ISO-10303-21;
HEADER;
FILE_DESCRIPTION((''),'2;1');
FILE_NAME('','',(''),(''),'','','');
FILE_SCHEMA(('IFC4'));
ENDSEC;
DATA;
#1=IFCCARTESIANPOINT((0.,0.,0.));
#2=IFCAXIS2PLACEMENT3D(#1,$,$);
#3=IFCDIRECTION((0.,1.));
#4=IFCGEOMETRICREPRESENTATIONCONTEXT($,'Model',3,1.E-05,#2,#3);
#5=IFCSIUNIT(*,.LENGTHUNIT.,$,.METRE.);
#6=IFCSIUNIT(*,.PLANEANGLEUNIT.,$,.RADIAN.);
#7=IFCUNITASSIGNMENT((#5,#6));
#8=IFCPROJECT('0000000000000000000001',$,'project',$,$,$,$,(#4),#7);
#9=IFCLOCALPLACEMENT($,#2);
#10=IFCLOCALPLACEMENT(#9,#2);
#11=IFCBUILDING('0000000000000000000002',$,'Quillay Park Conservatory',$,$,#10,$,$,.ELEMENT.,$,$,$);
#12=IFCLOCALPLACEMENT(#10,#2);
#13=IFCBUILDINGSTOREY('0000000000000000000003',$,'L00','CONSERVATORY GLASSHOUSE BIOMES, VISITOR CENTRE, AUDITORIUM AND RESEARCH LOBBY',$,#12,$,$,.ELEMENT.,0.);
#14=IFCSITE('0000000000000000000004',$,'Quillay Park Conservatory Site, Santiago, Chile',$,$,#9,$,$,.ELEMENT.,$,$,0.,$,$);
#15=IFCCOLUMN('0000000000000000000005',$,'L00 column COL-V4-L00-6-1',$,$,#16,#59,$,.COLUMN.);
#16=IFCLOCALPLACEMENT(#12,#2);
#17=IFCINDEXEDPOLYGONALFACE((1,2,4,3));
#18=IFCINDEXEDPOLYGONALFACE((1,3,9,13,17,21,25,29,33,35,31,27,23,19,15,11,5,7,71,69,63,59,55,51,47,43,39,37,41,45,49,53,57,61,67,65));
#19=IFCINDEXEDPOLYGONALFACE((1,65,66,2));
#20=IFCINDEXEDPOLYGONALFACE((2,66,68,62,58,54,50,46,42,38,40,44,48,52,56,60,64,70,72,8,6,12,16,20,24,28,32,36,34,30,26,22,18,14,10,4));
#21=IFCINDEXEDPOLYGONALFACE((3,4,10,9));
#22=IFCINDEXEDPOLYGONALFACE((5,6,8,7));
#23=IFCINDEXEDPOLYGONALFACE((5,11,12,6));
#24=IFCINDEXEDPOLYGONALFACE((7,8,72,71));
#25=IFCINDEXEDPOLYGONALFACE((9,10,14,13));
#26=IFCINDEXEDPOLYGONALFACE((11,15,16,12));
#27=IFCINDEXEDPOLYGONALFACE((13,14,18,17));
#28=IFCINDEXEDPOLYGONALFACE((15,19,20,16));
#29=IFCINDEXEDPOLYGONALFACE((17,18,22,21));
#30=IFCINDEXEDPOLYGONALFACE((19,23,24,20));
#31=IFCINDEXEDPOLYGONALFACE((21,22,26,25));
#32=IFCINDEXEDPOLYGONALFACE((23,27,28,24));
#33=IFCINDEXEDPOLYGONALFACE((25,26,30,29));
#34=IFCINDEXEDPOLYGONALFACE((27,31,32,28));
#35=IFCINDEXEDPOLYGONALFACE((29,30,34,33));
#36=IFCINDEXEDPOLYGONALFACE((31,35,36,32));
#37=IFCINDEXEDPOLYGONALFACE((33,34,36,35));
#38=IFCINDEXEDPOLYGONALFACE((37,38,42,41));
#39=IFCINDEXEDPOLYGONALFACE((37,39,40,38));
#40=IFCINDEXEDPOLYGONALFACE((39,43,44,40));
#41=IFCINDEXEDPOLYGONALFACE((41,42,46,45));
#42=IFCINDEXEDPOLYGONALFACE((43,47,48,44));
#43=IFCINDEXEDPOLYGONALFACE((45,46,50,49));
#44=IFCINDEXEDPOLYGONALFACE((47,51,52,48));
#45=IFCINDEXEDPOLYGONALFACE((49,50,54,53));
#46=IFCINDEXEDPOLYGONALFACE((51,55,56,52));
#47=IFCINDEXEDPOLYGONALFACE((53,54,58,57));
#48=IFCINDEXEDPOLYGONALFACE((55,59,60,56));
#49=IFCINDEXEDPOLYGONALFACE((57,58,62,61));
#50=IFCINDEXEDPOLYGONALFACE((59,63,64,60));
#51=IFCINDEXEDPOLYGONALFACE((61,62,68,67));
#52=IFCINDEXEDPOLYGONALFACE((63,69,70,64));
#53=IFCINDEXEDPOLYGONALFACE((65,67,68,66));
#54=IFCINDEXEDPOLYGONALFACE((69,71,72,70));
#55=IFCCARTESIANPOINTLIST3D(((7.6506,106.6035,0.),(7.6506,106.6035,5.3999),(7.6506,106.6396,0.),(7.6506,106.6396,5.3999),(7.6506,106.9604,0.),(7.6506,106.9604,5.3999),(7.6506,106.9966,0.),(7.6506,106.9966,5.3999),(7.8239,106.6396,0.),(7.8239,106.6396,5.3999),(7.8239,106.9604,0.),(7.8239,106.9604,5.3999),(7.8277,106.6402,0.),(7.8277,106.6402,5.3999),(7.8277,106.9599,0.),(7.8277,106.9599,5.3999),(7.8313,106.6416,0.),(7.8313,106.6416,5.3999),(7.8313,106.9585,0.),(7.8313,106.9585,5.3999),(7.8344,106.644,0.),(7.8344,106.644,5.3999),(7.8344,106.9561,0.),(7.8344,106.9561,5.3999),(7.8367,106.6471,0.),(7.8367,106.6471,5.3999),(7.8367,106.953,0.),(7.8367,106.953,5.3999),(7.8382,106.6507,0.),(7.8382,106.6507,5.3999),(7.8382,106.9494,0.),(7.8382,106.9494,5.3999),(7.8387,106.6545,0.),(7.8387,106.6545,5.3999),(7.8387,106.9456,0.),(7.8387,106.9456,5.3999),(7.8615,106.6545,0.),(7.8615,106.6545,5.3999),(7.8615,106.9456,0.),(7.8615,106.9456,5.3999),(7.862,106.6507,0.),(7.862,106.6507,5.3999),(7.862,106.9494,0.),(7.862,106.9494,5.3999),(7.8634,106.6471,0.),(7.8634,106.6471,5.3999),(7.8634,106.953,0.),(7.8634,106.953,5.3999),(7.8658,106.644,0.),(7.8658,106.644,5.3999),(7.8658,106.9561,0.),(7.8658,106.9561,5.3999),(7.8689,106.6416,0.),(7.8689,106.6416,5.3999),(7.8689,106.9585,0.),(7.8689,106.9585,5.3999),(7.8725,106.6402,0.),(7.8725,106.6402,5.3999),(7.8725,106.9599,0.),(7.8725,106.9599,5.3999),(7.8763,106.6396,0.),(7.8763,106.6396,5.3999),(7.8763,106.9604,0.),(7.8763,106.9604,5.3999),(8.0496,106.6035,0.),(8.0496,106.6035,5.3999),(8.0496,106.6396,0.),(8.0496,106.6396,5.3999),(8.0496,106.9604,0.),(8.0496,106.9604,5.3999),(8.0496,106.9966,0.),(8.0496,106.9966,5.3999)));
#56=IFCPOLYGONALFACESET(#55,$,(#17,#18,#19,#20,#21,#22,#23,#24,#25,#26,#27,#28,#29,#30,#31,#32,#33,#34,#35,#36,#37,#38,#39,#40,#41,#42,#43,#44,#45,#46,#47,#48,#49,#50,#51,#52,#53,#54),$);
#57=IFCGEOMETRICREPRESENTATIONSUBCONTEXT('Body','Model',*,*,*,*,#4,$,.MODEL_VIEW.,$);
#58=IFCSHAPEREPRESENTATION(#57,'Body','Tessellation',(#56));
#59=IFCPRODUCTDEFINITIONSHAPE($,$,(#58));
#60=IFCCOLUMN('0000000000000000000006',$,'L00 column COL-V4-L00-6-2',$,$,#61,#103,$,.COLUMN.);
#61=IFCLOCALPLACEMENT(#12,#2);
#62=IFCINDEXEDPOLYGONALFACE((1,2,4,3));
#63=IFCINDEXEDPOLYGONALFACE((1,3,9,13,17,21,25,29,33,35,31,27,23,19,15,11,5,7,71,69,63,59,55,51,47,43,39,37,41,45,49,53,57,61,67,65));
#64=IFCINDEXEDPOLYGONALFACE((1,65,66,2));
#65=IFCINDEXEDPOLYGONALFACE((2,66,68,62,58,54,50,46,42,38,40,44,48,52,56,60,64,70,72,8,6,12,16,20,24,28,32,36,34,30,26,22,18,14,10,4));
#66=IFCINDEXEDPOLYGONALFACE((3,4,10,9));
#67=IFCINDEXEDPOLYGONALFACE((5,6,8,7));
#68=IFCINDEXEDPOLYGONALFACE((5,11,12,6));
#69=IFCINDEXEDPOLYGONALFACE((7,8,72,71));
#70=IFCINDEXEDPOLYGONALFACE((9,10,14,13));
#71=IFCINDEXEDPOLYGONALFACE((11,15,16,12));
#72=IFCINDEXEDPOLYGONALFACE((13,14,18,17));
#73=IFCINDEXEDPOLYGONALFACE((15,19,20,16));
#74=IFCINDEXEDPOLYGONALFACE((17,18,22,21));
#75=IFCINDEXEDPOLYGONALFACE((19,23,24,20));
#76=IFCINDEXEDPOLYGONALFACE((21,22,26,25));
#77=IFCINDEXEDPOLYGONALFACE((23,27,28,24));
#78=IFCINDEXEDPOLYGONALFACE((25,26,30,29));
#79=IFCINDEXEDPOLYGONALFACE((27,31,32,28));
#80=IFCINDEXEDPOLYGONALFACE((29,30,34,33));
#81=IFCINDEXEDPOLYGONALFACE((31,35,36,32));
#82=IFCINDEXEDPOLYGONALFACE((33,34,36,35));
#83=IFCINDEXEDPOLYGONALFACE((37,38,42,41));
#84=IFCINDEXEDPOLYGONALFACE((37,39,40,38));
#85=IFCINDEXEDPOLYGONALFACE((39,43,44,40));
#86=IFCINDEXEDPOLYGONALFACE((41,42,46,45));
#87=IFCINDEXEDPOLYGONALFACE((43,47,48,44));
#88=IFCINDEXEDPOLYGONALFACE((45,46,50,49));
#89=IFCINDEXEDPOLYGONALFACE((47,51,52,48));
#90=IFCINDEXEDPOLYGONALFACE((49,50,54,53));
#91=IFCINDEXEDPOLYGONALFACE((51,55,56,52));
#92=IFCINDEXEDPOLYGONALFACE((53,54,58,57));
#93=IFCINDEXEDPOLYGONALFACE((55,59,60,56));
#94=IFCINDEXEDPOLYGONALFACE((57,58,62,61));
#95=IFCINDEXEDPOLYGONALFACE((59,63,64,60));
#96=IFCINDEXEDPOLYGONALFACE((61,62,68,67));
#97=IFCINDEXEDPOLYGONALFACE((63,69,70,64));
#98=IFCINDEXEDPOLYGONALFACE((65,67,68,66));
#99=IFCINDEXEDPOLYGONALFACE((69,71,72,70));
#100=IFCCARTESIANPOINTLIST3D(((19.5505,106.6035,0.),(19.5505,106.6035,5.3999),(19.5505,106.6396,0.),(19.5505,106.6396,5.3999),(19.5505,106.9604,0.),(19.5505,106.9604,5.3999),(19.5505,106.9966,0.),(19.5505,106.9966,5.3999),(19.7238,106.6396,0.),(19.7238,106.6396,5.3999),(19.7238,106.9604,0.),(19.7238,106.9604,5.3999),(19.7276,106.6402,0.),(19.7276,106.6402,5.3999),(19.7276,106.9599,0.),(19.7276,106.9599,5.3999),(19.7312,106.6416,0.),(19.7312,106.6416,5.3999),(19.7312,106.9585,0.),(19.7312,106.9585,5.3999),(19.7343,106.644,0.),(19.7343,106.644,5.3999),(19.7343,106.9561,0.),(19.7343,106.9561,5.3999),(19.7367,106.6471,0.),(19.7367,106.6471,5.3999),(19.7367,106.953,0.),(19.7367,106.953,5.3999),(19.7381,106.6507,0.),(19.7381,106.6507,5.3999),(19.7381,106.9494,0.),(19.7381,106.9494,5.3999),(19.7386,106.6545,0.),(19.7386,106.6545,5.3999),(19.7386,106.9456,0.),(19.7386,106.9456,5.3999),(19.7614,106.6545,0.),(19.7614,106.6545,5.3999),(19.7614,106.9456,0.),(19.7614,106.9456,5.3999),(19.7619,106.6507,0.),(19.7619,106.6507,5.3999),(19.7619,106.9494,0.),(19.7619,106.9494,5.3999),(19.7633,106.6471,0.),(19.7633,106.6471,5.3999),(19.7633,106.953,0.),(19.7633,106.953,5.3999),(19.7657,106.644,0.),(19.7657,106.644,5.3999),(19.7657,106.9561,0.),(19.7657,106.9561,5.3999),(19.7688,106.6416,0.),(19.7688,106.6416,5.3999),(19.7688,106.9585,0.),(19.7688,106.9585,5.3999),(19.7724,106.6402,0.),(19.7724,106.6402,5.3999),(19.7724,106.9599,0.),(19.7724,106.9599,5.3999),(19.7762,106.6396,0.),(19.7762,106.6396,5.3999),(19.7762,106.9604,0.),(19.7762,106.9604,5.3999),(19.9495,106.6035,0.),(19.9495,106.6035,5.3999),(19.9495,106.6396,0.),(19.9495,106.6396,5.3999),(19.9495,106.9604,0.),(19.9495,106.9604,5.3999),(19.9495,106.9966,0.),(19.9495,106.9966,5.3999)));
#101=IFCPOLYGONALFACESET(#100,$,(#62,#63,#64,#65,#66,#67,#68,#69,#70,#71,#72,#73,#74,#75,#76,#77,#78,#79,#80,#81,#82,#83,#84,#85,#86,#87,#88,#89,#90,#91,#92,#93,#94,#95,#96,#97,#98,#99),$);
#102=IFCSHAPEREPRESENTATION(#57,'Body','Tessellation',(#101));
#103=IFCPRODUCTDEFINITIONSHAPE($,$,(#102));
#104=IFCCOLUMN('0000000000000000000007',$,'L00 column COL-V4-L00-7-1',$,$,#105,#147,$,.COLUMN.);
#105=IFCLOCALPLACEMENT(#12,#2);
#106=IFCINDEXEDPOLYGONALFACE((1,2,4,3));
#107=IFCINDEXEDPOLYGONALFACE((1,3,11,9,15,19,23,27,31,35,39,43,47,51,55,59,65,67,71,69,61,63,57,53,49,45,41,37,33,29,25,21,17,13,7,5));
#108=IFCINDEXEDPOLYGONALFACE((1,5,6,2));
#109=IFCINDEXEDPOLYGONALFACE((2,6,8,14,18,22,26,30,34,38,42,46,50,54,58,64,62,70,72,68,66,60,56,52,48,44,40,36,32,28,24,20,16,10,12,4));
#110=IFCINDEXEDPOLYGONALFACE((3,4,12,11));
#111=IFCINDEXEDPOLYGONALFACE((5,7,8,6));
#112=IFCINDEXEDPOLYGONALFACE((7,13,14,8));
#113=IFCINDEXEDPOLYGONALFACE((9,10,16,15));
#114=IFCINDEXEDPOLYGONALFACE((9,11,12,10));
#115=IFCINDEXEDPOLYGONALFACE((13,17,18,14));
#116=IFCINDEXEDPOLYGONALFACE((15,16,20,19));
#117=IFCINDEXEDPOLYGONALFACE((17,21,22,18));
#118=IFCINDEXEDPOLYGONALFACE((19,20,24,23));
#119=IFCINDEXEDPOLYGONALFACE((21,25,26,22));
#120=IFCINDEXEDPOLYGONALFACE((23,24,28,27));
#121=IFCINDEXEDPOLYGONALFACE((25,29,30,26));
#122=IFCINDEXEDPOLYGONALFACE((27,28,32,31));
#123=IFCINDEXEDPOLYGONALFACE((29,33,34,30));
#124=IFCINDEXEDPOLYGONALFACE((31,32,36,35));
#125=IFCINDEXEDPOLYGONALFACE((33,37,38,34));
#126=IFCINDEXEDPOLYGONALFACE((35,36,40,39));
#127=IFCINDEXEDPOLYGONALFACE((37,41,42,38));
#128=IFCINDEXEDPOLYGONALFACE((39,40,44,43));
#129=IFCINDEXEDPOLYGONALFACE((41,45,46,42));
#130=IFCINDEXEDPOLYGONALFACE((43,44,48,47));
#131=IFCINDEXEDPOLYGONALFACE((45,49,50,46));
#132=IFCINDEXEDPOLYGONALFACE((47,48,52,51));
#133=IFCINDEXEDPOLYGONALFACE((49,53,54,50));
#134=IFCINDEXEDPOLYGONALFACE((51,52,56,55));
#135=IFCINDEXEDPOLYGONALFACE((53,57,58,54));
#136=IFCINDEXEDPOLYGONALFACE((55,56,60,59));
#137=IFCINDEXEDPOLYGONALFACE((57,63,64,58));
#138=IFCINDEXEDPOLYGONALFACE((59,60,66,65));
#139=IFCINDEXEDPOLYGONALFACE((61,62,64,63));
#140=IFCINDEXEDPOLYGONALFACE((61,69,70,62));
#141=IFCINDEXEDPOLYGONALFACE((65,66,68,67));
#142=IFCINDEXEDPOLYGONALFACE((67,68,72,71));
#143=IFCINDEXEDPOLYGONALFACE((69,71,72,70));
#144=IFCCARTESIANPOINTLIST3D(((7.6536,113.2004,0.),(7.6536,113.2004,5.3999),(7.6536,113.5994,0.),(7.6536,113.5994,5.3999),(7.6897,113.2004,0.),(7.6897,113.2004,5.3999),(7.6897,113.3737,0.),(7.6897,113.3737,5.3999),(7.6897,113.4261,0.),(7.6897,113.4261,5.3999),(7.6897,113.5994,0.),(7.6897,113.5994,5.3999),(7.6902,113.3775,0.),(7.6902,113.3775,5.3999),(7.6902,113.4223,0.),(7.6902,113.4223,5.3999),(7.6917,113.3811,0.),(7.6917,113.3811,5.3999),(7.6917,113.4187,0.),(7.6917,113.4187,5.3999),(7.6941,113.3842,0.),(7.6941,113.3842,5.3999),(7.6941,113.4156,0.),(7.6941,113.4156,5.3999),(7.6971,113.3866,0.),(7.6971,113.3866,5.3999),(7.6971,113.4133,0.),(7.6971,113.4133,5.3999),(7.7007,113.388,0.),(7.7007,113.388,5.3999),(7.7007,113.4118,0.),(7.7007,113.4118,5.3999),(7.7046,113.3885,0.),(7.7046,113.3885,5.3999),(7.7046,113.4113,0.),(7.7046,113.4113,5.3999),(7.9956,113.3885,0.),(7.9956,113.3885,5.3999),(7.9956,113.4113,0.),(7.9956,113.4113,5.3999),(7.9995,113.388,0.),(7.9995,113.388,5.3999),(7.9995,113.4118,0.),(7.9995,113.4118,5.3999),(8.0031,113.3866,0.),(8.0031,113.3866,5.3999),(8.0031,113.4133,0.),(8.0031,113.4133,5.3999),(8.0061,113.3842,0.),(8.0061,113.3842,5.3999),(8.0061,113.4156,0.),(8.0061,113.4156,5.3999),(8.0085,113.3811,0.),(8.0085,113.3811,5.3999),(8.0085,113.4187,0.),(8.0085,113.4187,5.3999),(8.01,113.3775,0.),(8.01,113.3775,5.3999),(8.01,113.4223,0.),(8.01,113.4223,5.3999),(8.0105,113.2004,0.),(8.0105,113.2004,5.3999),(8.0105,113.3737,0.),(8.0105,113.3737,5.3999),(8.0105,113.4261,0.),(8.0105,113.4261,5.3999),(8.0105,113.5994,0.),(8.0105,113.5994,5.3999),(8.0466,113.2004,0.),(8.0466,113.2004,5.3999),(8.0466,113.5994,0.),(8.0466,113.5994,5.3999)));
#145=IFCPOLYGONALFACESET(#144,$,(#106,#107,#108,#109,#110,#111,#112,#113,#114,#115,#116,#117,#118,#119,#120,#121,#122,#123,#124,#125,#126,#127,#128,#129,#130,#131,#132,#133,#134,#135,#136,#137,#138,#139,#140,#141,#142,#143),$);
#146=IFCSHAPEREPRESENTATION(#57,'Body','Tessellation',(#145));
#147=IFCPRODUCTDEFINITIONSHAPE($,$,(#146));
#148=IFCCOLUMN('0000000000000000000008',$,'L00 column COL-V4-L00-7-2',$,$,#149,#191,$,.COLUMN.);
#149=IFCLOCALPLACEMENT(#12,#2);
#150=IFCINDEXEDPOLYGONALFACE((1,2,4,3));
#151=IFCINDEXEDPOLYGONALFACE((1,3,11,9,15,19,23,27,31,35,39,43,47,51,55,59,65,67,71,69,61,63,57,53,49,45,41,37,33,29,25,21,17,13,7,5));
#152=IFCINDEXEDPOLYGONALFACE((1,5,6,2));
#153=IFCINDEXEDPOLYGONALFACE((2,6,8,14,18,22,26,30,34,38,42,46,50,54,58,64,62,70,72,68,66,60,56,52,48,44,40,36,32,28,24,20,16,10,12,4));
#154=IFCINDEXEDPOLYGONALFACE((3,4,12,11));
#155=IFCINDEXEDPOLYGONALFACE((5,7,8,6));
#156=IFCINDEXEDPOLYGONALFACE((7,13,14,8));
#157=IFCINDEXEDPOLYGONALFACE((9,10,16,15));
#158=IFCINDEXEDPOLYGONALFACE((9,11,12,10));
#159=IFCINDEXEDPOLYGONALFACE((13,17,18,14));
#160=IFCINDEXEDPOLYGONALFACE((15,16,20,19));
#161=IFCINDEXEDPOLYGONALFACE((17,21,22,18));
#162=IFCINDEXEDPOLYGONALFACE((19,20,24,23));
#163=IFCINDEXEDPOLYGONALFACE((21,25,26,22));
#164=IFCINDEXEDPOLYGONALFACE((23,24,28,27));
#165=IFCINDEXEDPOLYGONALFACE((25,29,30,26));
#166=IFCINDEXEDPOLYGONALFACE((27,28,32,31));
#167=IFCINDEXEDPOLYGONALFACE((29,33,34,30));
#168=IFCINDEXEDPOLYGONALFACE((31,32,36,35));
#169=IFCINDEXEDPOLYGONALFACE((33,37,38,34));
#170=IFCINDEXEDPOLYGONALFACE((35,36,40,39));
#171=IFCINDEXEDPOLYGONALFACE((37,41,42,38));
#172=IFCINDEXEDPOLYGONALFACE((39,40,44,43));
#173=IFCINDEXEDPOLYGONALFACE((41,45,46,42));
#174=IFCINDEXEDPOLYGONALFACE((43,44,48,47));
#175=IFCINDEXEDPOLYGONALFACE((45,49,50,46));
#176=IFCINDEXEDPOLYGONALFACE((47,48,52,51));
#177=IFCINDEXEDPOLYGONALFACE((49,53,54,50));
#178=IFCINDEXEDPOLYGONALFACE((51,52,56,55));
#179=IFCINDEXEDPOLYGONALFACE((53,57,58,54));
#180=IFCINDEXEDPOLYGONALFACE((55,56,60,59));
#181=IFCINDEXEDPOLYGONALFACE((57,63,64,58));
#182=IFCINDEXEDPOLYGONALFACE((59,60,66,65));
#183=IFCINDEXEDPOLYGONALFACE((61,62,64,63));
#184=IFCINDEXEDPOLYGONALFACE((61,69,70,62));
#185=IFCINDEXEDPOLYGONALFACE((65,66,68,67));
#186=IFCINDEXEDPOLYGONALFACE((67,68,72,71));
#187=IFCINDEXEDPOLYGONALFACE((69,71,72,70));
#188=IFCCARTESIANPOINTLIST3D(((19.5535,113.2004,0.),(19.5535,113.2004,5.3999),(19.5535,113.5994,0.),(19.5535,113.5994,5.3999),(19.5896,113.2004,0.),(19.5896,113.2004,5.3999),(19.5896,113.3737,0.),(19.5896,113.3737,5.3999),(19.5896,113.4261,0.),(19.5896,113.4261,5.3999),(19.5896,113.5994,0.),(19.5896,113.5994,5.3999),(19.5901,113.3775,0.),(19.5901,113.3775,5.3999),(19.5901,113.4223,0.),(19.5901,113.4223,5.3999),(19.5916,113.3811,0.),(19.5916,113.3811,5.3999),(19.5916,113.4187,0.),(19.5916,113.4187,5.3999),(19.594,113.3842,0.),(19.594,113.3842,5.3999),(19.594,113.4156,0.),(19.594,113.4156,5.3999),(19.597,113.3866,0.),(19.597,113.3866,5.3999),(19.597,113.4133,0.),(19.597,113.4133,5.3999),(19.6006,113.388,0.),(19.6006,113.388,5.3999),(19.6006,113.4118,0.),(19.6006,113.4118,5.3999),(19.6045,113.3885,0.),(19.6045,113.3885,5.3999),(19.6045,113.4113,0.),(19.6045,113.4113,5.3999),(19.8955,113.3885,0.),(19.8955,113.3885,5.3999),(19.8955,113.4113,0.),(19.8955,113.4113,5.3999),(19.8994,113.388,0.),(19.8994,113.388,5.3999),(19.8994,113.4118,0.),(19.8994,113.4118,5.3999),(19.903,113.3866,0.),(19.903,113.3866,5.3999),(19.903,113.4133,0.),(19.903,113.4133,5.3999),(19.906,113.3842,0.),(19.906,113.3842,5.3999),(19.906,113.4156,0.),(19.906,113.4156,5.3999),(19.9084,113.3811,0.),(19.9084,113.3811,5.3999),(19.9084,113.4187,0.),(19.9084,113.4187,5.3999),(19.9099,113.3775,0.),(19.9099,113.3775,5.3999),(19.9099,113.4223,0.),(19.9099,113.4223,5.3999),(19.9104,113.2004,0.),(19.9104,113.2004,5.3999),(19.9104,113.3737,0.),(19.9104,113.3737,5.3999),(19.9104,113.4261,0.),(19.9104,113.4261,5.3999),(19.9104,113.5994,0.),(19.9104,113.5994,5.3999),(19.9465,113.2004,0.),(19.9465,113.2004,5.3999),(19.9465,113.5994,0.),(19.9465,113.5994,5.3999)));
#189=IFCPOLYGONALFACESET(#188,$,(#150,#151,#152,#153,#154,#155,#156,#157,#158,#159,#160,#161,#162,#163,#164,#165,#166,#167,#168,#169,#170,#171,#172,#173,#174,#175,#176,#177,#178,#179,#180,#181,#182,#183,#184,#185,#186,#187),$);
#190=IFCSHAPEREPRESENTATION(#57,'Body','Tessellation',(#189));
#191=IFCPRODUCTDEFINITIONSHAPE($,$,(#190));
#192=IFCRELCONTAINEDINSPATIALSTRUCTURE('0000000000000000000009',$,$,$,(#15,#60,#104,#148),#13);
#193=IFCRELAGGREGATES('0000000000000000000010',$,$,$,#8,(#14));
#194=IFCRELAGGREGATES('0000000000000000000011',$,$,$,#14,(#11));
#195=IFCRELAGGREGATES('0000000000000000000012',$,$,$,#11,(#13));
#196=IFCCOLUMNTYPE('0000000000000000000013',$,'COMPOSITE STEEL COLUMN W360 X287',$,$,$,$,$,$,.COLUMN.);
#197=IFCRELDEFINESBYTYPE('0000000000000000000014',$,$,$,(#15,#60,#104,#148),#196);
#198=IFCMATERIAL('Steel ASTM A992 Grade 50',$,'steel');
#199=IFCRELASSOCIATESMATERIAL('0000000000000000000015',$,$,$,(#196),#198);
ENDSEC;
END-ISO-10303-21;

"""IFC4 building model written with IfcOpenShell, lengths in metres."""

from ifc_helpers import new_model, si_unit, direction, frame, origin, origin_2d, place, context, subcontext, project, spatial, i_section, extrude, material, material_profile, profile_set, type_object, element, save


model = new_model("IFC4")

# Units and contexts
model_context = context("Model", 3, precision=1e-05, world=origin(), true_north=direction((0.0, 1.0)))
body_context = subcontext(model_context, "Body", "Model", "MODEL_VIEW")
ifc_project = project(units=[si_unit("LENGTHUNIT", "METRE"), si_unit("PLANEANGLEUNIT", "RADIAN")], contexts=[model_context])

# Site, building, storey
site_placement = place(None, origin())
site = spatial("IfcSite", under=ifc_project, at=site_placement, Name="Quillay Park Conservatory Site, Santiago, Chile", CompositionType="ELEMENT", RefElevation=0.0)
building_placement = place(site_placement, origin())
building = spatial("IfcBuilding", under=site, at=building_placement, Name="Quillay Park Conservatory", CompositionType="ELEMENT")
storey_placement = place(building_placement, origin())
storey = spatial("IfcBuildingStorey", under=building, at=storey_placement, Name="L00", Description="CONSERVATORY GLASSHOUSE BIOMES, VISITOR CENTRE, AUDITORIUM AND RESEARCH LOBBY", CompositionType="ELEMENT", Elevation=0.0)

# Columns
ifc_material_1 = material(Name="Steel ASTM A992 Grade 50", Category="steel")
ifc_material_profile_1 = material_profile(ifc_material_1, i_section(OverallWidth=0.3989, OverallDepth=0.3931, WebThickness=0.0227, FlangeThickness=0.0361, FilletRadius=0.0149, at=origin_2d()), Name="W360x287")
ifc_profile_set_1 = profile_set([ifc_material_profile_1], Name="Steel ASTM A992 Grade 50")
column_type = type_object("IfcColumnType", Name="COMPOSITE STEEL COLUMN W360 X287", PredefinedType="COLUMN", material=ifc_profile_set_1)
for number, where, z_axis, x_axis, name in (
    (1, (7.8501, 106.8, 0.0), (0.0, 0.0, 1.0), (1.0, 0.0, 0.0), "L00 column COL-V4-L00-6-1"),
    (2, (19.75, 106.8, 0.0), (0.0, 0.0, 1.0), (1.0, 0.0, 0.0), "L00 column COL-V4-L00-6-2"),
    (3, (7.8501, 113.3999, 0.0), (0.0, 0.0, 1.0), (0.0, 1.0, 0.0), "L00 column COL-V4-L00-7-1"),
    (4, (19.75, 113.3999, 0.0), (0.0, 0.0, 1.0), (0.0, 1.0, 0.0), "L00 column COL-V4-L00-7-2"),
):
    element("IfcColumn", number, at=place(storey_placement, frame(where, z_axis=z_axis, x_axis=x_axis)), inside=storey, type_object=column_type, Name=name, PredefinedType="COLUMN", context=body_context, shape_type="SweptSolid", body=[
        extrude(i_section(OverallWidth=0.3989, OverallDepth=0.3931, WebThickness=0.0227, FlangeThickness=0.0361, FilletRadius=0.0149, at=origin_2d()), origin(), (0.0, 0.0, 1.0), 5.3999),
    ])

save(model, "model.ifc")
